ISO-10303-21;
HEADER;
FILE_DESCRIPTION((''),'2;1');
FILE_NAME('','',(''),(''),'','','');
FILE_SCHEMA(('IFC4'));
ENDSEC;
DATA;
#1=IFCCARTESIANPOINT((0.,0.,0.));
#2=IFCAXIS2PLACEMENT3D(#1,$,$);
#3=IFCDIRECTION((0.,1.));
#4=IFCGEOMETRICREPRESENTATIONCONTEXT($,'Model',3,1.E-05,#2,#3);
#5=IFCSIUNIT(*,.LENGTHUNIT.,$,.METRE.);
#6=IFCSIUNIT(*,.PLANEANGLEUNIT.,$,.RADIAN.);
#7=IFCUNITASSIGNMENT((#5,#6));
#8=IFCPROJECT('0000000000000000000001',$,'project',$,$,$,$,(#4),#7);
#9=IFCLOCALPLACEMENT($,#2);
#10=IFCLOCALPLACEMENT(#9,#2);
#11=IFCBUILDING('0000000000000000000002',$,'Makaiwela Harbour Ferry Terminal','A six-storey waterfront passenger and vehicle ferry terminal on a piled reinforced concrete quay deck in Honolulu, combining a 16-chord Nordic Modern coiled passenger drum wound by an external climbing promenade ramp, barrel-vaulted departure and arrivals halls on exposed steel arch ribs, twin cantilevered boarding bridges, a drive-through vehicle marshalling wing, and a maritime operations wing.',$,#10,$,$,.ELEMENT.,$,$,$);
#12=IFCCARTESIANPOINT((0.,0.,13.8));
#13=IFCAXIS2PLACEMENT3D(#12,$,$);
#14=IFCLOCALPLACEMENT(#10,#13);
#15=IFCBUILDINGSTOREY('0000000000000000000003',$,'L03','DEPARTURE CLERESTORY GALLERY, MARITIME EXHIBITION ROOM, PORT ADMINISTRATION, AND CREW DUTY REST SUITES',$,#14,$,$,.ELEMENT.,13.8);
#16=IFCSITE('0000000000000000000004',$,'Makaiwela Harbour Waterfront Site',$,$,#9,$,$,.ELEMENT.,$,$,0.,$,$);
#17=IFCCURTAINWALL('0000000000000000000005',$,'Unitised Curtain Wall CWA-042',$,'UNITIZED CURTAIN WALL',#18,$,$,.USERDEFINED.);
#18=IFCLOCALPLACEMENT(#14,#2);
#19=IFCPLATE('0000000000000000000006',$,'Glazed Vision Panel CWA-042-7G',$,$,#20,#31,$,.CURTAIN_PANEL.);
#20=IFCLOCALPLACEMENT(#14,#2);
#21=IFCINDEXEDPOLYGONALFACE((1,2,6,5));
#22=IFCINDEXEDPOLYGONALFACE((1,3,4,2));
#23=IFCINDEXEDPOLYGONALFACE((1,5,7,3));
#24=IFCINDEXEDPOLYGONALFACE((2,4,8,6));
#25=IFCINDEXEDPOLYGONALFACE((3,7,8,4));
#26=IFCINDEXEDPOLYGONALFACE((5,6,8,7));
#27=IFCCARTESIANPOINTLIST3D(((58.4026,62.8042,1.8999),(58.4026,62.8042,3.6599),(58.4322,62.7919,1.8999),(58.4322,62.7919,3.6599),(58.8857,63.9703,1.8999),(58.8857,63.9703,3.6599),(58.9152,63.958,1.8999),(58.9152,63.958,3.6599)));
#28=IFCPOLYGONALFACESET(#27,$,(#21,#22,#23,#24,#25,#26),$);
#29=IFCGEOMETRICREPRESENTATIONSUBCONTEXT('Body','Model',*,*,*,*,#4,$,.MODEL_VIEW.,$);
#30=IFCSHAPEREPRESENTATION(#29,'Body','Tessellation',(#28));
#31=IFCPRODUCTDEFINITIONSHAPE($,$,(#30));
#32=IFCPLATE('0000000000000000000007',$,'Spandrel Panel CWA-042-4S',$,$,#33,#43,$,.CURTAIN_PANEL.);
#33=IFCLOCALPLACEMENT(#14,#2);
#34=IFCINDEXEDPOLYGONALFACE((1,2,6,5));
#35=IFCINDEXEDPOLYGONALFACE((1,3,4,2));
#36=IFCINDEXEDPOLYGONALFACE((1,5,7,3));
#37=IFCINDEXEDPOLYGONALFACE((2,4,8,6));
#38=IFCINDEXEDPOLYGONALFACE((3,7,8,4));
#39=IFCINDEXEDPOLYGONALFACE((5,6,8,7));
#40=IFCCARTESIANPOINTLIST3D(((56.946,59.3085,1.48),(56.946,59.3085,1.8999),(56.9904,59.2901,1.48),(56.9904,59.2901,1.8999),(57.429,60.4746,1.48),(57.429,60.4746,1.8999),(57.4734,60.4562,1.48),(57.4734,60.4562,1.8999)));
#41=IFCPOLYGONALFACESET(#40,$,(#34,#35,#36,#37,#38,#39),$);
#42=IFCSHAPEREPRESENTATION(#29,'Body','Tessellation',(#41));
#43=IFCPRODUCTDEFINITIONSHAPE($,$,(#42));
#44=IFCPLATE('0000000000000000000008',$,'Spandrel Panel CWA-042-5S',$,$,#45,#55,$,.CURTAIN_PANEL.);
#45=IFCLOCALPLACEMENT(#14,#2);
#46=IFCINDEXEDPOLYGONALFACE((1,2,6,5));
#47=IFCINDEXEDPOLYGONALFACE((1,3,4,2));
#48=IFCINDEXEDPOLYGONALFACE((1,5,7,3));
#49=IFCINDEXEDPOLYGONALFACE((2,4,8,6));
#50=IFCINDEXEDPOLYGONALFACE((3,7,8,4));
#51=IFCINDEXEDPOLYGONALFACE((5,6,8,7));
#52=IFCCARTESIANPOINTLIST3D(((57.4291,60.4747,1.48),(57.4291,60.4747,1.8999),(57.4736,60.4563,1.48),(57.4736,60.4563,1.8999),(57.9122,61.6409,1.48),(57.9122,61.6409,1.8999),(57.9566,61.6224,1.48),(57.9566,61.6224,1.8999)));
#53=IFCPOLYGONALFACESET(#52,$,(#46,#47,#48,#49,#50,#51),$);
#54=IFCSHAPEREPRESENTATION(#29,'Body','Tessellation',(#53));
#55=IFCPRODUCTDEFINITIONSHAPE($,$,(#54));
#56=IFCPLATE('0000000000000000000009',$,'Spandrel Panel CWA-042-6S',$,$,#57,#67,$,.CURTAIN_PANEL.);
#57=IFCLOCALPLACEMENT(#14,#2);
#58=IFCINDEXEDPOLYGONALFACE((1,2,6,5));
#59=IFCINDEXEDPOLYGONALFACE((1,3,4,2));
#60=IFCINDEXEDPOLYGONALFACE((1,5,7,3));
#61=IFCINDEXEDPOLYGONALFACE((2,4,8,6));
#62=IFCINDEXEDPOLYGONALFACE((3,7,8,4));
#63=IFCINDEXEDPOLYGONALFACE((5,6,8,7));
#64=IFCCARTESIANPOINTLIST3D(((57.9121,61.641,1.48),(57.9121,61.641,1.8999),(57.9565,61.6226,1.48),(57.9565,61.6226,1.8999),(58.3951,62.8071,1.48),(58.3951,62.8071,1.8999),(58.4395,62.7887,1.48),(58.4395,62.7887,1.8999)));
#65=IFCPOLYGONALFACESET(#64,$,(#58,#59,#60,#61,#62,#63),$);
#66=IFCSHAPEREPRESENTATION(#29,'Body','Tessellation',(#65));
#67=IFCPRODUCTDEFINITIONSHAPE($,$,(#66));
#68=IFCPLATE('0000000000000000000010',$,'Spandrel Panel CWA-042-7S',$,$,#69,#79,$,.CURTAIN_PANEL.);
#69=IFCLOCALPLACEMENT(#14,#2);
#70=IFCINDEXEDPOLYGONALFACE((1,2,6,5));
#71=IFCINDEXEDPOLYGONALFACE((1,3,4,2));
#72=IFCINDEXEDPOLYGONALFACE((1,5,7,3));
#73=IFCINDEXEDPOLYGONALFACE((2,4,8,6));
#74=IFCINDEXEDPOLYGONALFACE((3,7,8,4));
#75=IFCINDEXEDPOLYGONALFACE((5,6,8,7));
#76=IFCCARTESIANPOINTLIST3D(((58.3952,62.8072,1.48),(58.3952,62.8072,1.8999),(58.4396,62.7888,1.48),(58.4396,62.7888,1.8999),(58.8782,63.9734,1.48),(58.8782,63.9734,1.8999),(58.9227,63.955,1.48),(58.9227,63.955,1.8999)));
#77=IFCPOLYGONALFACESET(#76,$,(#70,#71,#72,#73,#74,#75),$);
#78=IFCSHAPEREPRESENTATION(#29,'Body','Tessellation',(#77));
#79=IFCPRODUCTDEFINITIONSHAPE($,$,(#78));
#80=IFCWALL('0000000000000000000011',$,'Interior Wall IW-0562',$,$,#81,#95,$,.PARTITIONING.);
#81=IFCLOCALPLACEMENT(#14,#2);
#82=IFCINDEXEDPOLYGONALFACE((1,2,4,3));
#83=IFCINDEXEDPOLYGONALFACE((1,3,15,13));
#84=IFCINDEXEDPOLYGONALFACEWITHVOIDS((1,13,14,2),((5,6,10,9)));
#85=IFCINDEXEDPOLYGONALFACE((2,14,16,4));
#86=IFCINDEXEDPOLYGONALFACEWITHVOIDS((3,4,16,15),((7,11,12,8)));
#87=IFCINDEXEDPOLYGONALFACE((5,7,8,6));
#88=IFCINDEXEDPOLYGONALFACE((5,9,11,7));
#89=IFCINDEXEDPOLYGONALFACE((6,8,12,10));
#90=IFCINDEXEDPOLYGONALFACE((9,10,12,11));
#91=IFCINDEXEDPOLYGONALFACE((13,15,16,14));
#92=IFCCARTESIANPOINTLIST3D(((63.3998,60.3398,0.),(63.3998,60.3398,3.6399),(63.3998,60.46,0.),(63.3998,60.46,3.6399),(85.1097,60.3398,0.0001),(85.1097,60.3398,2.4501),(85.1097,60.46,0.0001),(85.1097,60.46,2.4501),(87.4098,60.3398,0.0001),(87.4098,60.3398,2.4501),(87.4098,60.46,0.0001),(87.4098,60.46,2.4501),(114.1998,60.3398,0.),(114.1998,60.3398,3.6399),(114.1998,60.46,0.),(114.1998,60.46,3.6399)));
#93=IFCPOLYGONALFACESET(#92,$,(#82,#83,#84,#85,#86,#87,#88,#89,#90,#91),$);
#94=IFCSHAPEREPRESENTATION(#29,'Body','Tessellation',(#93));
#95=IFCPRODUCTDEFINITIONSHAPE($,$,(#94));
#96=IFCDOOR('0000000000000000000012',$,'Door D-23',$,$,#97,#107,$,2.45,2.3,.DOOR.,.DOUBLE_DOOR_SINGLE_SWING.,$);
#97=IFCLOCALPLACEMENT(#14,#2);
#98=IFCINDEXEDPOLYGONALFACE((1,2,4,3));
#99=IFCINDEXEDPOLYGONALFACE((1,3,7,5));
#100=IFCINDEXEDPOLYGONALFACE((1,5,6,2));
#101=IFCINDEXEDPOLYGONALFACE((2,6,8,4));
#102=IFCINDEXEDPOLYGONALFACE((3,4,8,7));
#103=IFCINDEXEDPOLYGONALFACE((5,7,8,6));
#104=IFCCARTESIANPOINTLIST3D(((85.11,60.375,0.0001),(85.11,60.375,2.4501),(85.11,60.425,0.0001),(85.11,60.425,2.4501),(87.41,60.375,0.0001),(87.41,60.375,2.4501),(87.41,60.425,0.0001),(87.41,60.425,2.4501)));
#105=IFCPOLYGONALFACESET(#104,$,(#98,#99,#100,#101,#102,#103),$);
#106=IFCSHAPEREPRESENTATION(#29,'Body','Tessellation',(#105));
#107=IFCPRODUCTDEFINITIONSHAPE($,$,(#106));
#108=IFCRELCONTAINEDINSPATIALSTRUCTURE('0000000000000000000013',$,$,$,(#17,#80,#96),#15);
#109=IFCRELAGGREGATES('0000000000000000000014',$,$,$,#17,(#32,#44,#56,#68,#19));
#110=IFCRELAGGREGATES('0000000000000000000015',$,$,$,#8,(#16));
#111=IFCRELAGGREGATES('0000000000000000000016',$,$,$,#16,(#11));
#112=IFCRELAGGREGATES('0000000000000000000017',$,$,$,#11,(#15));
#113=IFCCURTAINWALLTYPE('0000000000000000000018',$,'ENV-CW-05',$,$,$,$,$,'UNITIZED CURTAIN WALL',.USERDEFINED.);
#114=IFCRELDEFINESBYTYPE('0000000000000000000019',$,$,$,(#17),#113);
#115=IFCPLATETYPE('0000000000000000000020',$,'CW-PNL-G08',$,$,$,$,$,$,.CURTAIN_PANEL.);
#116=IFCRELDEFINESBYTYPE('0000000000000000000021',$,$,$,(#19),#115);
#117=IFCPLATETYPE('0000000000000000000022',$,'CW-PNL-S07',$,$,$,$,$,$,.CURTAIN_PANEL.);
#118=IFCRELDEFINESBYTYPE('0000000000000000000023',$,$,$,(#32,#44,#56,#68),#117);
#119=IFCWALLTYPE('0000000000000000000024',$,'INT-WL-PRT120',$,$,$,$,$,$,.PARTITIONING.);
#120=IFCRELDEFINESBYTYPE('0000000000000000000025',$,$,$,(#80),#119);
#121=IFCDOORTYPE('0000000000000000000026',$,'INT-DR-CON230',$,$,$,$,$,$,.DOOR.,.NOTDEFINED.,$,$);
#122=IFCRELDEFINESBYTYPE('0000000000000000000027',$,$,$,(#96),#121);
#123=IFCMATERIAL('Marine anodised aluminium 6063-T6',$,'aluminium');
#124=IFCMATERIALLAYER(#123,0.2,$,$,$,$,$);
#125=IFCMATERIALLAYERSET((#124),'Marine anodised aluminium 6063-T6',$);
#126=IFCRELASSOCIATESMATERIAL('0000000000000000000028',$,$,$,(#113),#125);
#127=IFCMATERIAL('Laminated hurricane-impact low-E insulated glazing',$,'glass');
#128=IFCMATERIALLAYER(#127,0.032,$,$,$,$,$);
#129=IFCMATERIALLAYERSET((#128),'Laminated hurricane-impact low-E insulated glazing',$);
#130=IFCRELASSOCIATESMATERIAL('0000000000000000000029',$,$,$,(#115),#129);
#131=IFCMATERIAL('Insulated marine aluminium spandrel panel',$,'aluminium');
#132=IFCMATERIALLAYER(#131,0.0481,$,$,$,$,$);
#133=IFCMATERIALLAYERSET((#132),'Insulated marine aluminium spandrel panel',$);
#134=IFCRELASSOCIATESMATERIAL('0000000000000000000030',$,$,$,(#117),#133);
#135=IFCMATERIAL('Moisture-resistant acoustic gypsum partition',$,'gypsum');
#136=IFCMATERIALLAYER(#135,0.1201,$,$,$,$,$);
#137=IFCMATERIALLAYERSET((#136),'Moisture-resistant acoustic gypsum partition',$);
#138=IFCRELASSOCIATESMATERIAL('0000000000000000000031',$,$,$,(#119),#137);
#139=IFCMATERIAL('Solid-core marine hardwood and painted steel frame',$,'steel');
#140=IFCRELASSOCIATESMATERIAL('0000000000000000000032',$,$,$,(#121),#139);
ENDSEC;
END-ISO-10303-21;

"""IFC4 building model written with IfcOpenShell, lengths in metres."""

from ifc_helpers import new_model, si_unit, direction, frame, frame_2d, origin, origin_2d, place, context, subcontext, project, spatial, rectangle, extrude, material, layer, layer_set, type_object, element, fill, aggregate, save


model = new_model("IFC4")

# Units and contexts
model_context = context("Model", 3, precision=1e-05, world=origin(), true_north=direction((0.0, 1.0)))
body_context = subcontext(model_context, "Body", "Model", "MODEL_VIEW")
ifc_project = project(units=[si_unit("LENGTHUNIT", "METRE"), si_unit("PLANEANGLEUNIT", "RADIAN")], contexts=[model_context])

# Site, building, storey
site_placement = place(None, origin())
site = spatial("IfcSite", under=ifc_project, at=site_placement, Name="Makaiwela Harbour Waterfront Site", CompositionType="ELEMENT", RefElevation=0.0)
building_placement = place(site_placement, origin())
building = spatial("IfcBuilding", under=site, at=building_placement, Name="Makaiwela Harbour Ferry Terminal", Description="A six-storey waterfront passenger and vehicle ferry terminal on a piled reinforced concrete quay deck in Honolulu, combining a 16-chord Nordic Modern coiled passenger drum wound by an external climbing promenade ramp, barrel-vaulted departure and arrivals halls on exposed steel arch ribs, twin cantilevered boarding bridges, a drive-through vehicle marshalling wing, and a maritime operations wing.", CompositionType="ELEMENT")
storey_placement = place(building_placement, frame((0.0, 0.0, 13.8)))
storey = spatial("IfcBuildingStorey", under=building, at=storey_placement, Name="L03", Description="DEPARTURE CLERESTORY GALLERY, MARITIME EXHIBITION ROOM, PORT ADMINISTRATION, AND CREW DUTY REST SUITES", CompositionType="ELEMENT", Elevation=13.8)

# Curtain wall
ifc_material_1 = material(Name="Marine anodised aluminium 6063-T6", Category="aluminium")
ifc_layer_1 = layer(ifc_material_1, 0.2)
ifc_layer_set_1 = layer_set([ifc_layer_1], Name="Marine anodised aluminium 6063-T6")
curtain_wall_type = type_object("IfcCurtainWallType", Name="ENV-CW-05", ElementType="UNITIZED CURTAIN WALL", PredefinedType="USERDEFINED", material=ifc_layer_set_1)
curtain_wall_placement = place(storey_placement, origin())
curtain_wall = element("IfcCurtainWall", 1, at=curtain_wall_placement, inside=storey, type_object=curtain_wall_type, Name="Unitised Curtain Wall CWA-042", ObjectType="UNITIZED CURTAIN WALL", PredefinedType="USERDEFINED")

# Plates
ifc_material_2 = material(Name="Laminated hurricane-impact low-E insulated glazing", Category="glass")
ifc_layer_2 = layer(ifc_material_2, 0.032)
ifc_layer_set_2 = layer_set([ifc_layer_2], Name="Laminated hurricane-impact low-E insulated glazing")
plate_type_1 = type_object("IfcPlateType", Name="CW-PNL-G08", PredefinedType="CURTAIN_PANEL", material=ifc_layer_set_2)
plate_1_placement = place(storey_placement, frame((58.6589, 63.3811, 1.8999), z_axis=(0.0, 0.0, 1.0), x_axis=(0.382683, 0.92388, 0.0)))
plate_1 = element("IfcPlate", 2, at=plate_1_placement, type_object=plate_type_1, Name="Glazed Vision Panel CWA-042-7G", PredefinedType="CURTAIN_PANEL", context=body_context, shape_type="SweptSolid", body=[
    extrude(rectangle(XDim=1.2622, YDim=0.032, at=origin_2d()), origin(), (0.0, 0.0, 1.0), 1.76),
])
ifc_material_3 = material(Name="Insulated marine aluminium spandrel panel", Category="aluminium")
ifc_layer_3 = layer(ifc_material_3, 0.0481)
ifc_layer_set_3 = layer_set([ifc_layer_3], Name="Insulated marine aluminium spandrel panel")
plate_type_2 = type_object("IfcPlateType", Name="CW-PNL-S07", PredefinedType="CURTAIN_PANEL", material=ifc_layer_set_3)
plate_2_placement = place(storey_placement, frame((57.2097, 59.8823, 1.48), z_axis=(0.0, 0.0, 1.0), x_axis=(0.382683, 0.92388, 0.0)))
plate_2 = element("IfcPlate", 3, at=plate_2_placement, type_object=plate_type_2, Name="Spandrel Panel CWA-042-4S", PredefinedType="CURTAIN_PANEL", context=body_context, shape_type="SweptSolid", body=[
    extrude(rectangle(XDim=1.2622, YDim=0.0481, at=origin_2d()), origin(), (0.0, 0.0, 1.0), 0.4199),
])
plate_3_placement = place(storey_placement, frame((57.6929, 61.0486, 1.48), z_axis=(0.0, 0.0, 1.0), x_axis=(0.382683, 0.92388, 0.0)))
plate_3 = element("IfcPlate", 4, at=plate_3_placement, type_object=plate_type_2, Name="Spandrel Panel CWA-042-5S", PredefinedType="CURTAIN_PANEL", context=body_context, shape_type="SweptSolid", body=[
    extrude(rectangle(XDim=1.2622, YDim=0.0481, at=origin_2d()), origin(), (0.0, 0.0, 1.0), 0.4199),
])
plate_4_placement = place(storey_placement, frame((58.1758, 62.2148, 1.48), z_axis=(0.0, 0.0, 1.0), x_axis=(0.382683, 0.92388, 0.0)))
plate_4 = element("IfcPlate", 5, at=plate_4_placement, type_object=plate_type_2, Name="Spandrel Panel CWA-042-6S", PredefinedType="CURTAIN_PANEL", context=body_context, shape_type="SweptSolid", body=[
    extrude(rectangle(XDim=1.2622, YDim=0.0481, at=origin_2d()), origin(), (0.0, 0.0, 1.0), 0.4199),
])
plate_5_placement = place(storey_placement, frame((58.6589, 63.3811, 1.48), z_axis=(0.0, 0.0, 1.0), x_axis=(0.382683, 0.92388, 0.0)))
plate_5 = element("IfcPlate", 6, at=plate_5_placement, type_object=plate_type_2, Name="Spandrel Panel CWA-042-7S", PredefinedType="CURTAIN_PANEL", context=body_context, shape_type="SweptSolid", body=[
    extrude(rectangle(XDim=1.2622, YDim=0.0481, at=origin_2d()), origin(), (0.0, 0.0, 1.0), 0.4199),
])
aggregate(curtain_wall, [plate_2, plate_3, plate_4, plate_5, plate_1])

# Wall, opening, door
ifc_material_4 = material(Name="Moisture-resistant acoustic gypsum partition", Category="gypsum")
ifc_layer_4 = layer(ifc_material_4, 0.1201)
ifc_layer_set_4 = layer_set([ifc_layer_4], Name="Moisture-resistant acoustic gypsum partition")
wall_type = type_object("IfcWallType", Name="INT-WL-PRT120", PredefinedType="PARTITIONING", material=ifc_layer_set_4)
wall_placement = place(storey_placement, frame((63.3999, 60.3999, 0.0), z_axis=(0.0, 0.0, 1.0), x_axis=(1.0, 0.0, 0.0)))
wall = element("IfcWall", 7, at=wall_placement, inside=storey, type_object=wall_type, Name="Interior Wall IW-0562", PredefinedType="PARTITIONING", context=body_context, shape_type="SweptSolid", body=[
    extrude(rectangle(XDim=50.8, YDim=0.1201, at=frame_2d((25.3999, 0.0))), origin(), (0.0, 0.0, 1.0), 3.6399),
])
opening_placement = place(wall_placement, frame((21.71, 0.0, 0.0)))
opening = element("IfcOpeningElement", 8, at=opening_placement, cuts=wall, PredefinedType="OPENING", context=body_context, shape_type="SweptSolid", body=[
    extrude(rectangle(XDim=2.3, YDim=2.45, at=frame_2d((1.1499, 1.2251))), frame((0.0, 0.0701, 0.0), z_axis=(0.0, -1.0, 0.0), x_axis=(1.0, 0.0, 0.0)), (0.0, 0.0, 1.0), 0.1401),
])
ifc_material_5 = material(Name="Solid-core marine hardwood and painted steel frame", Category="steel")
door_type = type_object("IfcDoorType", Name="INT-DR-CON230", OperationType="NOTDEFINED", PredefinedType="DOOR", material=ifc_material_5)
door_placement = place(opening_placement, frame((2.3, 0.0, 0.0), z_axis=(0.0, 0.0, 1.0), x_axis=(-1.0, 0.0, 0.0)))
door = element("IfcDoor", 9, at=door_placement, inside=storey, type_object=door_type, Name="Door D-23", OperationType="DOUBLE_DOOR_SINGLE_SWING", OverallHeight=2.45, OverallWidth=2.3, PredefinedType="DOOR", context=body_context, shape_type="SweptSolid", body=[
    extrude(rectangle(XDim=2.3, YDim=2.45, at=frame_2d((1.1499, 1.2251))), frame((0.0, 0.0249, 0.0), z_axis=(0.0, -1.0, 0.0), x_axis=(1.0, 0.0, 0.0)), (0.0, 0.0, 1.0), 0.05),
])
fill(opening, door)

save(model, "model.ifc")
